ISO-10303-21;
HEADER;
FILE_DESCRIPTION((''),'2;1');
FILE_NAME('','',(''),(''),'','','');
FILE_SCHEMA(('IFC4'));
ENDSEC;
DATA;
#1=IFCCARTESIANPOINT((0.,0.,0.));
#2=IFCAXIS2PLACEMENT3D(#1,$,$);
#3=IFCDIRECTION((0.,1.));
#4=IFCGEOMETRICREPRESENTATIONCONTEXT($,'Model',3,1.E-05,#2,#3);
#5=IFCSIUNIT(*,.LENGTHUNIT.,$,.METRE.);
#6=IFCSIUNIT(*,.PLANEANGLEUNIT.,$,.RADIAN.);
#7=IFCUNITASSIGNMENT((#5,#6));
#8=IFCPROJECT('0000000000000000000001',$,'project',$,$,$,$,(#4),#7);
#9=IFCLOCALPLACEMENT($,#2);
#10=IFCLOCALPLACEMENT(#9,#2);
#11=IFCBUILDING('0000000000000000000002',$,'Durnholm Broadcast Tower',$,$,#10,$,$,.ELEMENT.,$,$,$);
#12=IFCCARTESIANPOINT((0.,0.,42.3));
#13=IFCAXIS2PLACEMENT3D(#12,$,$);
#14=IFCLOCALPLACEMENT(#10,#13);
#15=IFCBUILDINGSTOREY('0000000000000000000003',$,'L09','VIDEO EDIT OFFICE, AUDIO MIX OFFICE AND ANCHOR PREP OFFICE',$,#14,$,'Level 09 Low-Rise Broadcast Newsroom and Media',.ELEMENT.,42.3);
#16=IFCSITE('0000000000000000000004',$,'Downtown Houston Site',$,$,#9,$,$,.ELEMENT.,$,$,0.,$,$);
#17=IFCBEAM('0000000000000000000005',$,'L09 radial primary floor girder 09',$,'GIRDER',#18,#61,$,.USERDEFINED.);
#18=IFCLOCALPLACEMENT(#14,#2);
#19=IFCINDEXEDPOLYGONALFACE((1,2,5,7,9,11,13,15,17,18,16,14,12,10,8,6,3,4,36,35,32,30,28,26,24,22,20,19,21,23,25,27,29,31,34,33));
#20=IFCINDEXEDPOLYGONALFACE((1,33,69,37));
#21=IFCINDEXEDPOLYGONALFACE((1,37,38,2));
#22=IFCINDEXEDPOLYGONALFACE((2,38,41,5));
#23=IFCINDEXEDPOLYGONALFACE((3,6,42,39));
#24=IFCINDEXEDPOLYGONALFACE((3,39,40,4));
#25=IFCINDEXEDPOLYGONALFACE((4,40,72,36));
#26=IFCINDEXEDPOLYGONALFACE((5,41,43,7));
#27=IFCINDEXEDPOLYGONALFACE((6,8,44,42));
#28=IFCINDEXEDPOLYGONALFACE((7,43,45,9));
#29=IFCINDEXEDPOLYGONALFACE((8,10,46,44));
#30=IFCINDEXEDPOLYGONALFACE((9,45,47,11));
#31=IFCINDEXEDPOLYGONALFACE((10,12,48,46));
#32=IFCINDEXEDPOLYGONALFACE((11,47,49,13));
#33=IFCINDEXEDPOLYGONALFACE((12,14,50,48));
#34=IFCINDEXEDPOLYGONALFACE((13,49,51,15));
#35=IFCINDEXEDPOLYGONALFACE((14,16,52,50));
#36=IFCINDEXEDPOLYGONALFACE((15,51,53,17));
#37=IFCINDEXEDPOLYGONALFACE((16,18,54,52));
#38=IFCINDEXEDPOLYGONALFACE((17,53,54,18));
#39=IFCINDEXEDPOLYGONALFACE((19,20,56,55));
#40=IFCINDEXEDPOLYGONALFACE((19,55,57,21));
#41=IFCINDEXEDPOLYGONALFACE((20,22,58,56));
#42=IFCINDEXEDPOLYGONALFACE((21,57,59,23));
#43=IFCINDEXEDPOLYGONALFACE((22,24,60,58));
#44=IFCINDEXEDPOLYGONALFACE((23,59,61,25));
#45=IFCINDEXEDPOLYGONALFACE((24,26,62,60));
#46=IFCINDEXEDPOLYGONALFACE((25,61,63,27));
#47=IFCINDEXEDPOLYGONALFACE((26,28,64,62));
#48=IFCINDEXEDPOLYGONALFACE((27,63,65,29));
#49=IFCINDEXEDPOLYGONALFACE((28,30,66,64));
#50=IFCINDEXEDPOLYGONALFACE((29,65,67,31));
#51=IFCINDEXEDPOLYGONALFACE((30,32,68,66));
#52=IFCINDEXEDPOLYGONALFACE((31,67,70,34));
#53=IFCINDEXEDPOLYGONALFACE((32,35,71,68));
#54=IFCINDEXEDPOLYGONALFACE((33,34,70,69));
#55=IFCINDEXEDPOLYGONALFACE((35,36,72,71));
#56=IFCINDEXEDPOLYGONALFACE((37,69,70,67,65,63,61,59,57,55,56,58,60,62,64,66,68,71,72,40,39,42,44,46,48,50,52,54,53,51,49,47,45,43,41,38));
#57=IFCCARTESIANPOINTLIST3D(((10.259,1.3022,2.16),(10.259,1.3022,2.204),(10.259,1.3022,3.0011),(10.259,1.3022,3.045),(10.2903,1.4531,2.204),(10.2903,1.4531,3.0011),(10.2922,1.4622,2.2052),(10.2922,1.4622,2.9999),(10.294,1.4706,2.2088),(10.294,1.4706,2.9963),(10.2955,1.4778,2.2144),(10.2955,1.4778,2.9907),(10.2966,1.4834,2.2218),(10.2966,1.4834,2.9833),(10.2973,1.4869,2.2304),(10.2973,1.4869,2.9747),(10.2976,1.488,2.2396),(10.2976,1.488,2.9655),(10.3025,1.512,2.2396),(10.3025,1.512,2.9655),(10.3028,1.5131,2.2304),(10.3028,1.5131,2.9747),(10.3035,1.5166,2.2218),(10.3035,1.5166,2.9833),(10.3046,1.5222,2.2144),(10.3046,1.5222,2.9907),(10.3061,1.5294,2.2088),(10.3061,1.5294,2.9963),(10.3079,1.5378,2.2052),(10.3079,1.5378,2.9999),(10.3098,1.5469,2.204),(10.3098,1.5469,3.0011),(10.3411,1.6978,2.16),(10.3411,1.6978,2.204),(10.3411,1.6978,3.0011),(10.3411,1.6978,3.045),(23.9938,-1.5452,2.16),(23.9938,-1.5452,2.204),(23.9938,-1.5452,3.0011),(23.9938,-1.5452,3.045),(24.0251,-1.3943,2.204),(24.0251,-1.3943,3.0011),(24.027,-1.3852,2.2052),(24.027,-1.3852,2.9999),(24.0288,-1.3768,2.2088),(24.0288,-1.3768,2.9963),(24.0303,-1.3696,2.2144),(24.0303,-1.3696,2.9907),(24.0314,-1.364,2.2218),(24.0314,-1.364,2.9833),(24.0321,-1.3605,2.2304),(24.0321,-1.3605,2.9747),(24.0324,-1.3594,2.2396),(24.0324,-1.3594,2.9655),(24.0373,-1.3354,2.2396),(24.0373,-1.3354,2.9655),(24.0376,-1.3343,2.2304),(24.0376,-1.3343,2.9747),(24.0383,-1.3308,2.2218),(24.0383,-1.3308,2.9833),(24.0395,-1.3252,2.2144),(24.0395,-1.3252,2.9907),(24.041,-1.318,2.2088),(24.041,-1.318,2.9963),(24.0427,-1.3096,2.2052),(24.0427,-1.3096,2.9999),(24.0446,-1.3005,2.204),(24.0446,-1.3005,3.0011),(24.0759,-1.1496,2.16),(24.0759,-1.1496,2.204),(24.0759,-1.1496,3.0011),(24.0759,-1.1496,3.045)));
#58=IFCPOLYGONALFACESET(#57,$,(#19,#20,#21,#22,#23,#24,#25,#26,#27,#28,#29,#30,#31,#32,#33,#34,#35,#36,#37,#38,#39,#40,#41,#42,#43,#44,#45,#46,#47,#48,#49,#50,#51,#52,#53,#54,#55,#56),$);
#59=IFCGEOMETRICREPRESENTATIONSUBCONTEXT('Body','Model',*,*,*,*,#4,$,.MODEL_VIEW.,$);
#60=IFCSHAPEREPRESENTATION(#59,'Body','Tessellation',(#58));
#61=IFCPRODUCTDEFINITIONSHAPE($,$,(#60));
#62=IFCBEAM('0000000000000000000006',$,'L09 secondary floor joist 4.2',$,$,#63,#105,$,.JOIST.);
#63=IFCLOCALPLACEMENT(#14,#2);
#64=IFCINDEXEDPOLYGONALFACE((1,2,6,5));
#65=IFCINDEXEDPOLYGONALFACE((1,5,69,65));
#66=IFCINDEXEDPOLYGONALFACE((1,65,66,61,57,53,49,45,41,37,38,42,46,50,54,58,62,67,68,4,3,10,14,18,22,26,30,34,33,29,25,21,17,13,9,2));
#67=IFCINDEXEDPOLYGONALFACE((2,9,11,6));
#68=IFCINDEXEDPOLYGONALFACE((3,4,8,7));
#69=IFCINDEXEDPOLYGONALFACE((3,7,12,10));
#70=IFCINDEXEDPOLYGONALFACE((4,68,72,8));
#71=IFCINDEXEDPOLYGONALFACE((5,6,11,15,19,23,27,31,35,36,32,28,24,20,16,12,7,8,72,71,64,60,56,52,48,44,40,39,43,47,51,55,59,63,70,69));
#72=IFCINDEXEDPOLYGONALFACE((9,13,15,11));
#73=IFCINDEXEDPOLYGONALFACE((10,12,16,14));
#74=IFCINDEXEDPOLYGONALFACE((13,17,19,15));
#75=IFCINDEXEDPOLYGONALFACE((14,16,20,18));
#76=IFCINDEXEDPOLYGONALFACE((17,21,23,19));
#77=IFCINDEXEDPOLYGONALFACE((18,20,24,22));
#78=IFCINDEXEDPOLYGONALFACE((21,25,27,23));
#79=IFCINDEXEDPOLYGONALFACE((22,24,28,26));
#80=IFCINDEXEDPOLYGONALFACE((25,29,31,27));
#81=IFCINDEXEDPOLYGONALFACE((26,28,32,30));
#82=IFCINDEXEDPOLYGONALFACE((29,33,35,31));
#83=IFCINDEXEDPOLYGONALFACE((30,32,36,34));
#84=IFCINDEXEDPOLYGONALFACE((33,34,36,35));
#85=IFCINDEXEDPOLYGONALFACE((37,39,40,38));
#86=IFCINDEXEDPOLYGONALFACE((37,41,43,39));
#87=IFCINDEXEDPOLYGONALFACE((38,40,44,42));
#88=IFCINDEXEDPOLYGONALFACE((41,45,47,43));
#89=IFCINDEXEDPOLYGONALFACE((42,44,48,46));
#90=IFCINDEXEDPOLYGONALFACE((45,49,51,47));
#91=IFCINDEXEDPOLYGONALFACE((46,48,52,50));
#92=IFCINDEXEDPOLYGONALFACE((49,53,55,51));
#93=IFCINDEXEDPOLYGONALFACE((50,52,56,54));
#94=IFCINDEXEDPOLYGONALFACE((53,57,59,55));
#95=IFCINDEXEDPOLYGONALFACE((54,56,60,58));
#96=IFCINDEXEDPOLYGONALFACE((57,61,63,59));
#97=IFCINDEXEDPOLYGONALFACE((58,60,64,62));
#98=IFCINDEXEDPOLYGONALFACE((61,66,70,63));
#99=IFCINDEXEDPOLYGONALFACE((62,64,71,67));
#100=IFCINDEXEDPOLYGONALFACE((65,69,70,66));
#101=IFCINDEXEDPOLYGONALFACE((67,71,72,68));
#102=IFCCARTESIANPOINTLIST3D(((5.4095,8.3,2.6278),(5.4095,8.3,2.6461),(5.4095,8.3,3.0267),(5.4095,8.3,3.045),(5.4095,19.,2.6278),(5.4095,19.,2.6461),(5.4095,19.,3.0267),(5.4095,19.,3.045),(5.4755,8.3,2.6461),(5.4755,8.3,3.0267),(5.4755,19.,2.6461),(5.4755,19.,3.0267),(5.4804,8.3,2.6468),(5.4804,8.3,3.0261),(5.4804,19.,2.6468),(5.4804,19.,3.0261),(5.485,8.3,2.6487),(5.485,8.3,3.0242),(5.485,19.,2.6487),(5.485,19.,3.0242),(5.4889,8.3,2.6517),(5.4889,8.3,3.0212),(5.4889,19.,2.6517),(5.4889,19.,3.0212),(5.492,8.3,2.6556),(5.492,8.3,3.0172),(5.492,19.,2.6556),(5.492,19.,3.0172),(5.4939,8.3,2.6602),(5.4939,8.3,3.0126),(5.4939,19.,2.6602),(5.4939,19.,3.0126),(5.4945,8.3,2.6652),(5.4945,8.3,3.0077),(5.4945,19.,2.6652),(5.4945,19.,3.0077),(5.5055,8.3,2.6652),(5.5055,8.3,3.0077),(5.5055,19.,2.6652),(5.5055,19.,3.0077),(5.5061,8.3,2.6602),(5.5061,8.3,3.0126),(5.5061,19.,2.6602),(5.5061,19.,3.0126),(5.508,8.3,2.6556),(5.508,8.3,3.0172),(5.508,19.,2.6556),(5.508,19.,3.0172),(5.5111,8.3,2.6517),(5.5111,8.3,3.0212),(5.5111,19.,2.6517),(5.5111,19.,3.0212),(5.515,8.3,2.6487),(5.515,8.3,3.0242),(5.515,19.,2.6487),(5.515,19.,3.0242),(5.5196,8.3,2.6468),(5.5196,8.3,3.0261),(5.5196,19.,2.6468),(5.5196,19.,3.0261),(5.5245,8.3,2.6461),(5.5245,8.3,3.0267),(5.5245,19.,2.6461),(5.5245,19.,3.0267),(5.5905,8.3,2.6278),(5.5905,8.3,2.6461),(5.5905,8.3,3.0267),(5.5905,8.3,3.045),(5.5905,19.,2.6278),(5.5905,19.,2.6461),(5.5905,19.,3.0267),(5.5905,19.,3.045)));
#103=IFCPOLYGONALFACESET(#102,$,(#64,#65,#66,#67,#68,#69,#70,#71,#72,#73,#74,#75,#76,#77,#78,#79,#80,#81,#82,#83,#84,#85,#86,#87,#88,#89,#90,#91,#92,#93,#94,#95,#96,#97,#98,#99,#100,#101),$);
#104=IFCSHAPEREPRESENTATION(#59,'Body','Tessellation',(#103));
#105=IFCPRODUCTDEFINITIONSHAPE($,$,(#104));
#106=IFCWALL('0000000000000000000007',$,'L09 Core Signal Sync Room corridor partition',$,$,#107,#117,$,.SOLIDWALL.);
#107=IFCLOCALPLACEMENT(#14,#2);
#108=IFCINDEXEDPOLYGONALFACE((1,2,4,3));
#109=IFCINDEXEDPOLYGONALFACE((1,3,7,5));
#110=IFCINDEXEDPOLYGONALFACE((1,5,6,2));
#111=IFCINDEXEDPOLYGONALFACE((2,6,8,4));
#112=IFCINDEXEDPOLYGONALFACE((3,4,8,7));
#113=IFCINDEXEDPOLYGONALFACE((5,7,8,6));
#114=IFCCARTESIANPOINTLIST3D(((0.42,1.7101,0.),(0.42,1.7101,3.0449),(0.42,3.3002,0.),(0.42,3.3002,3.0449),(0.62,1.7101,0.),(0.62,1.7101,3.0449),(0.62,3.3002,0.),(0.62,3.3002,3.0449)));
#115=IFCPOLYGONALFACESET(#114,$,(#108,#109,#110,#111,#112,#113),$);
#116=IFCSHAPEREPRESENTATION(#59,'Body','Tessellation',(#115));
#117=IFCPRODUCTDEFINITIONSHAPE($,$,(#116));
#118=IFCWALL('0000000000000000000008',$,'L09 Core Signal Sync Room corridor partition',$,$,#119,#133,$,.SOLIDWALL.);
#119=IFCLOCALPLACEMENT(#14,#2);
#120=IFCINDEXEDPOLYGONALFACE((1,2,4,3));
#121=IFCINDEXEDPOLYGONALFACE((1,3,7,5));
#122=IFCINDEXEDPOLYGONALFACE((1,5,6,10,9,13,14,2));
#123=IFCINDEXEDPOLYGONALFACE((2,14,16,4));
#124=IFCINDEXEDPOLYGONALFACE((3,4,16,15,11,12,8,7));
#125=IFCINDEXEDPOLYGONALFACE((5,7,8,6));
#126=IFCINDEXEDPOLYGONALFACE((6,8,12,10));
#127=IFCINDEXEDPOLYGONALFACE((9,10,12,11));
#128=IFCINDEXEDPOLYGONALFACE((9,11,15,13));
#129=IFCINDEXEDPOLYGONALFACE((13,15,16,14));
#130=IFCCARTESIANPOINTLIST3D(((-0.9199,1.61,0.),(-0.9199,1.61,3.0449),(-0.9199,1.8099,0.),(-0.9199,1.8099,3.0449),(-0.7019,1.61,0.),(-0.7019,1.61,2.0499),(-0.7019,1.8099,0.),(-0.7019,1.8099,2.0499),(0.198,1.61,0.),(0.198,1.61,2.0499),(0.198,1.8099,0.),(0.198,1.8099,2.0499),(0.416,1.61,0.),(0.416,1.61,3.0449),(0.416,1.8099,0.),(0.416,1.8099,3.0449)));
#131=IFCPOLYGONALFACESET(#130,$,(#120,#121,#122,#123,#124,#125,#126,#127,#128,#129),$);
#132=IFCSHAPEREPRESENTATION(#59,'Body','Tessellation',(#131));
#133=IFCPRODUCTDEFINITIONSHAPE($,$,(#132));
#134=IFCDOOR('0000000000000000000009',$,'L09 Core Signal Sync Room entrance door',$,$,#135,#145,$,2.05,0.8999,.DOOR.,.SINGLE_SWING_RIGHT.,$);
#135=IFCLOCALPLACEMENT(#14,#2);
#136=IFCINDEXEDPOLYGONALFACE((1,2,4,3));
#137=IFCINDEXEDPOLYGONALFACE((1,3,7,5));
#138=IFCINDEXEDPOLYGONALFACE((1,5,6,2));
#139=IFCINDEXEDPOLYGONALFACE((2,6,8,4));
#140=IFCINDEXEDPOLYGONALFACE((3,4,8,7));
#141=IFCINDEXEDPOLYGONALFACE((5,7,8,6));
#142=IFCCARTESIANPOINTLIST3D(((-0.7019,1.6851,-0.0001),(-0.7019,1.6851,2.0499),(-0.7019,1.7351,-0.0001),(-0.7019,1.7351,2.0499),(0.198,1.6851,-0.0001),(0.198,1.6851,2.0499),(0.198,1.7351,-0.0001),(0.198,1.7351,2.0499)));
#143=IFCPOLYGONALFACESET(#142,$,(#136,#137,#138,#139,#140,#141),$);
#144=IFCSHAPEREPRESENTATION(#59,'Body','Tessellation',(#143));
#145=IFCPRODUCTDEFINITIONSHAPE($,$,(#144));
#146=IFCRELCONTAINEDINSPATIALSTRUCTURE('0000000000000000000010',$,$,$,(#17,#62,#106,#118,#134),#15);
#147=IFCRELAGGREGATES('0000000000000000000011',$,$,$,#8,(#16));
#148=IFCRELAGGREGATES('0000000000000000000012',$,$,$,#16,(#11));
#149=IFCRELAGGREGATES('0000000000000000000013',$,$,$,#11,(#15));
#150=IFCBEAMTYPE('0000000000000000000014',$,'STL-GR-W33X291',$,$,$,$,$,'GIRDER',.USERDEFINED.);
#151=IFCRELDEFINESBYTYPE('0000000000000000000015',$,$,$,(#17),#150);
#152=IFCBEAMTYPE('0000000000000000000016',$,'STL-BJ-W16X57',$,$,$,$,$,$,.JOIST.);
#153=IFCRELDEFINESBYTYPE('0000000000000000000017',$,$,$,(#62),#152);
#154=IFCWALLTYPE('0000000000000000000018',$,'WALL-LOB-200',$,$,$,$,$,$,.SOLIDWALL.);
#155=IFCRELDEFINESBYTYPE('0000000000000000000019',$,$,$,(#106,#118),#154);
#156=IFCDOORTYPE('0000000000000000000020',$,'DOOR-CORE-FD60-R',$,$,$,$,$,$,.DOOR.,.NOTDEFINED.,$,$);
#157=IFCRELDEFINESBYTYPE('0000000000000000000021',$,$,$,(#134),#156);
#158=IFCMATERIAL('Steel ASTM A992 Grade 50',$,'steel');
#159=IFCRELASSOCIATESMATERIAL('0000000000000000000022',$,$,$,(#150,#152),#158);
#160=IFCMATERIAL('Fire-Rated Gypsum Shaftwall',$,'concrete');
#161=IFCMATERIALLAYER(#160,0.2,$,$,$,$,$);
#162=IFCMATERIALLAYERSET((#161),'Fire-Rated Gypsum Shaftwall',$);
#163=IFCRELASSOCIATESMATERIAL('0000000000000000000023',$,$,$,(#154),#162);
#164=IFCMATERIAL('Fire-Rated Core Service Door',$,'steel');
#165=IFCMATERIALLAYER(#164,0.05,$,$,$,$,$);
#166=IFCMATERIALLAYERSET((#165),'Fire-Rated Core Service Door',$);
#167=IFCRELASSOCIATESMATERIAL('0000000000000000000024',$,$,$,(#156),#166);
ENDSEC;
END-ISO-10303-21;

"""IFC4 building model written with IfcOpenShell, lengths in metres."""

from ifc_helpers import new_model, si_unit, direction, frame, frame_2d, origin, origin_2d, place, context, subcontext, project, spatial, rectangle, i_section, extrude, source, transform, mapped, material, layer, layer_set, material_profile, profile_set, type_object, type_shapes, element, fill, save


model = new_model("IFC4")

# Units and contexts
model_context = context("Model", 3, precision=1e-05, world=origin(), true_north=direction((0.0, 1.0)))
body_context = subcontext(model_context, "Body", "Model", "MODEL_VIEW")
ifc_project = project(units=[si_unit("LENGTHUNIT", "METRE"), si_unit("PLANEANGLEUNIT", "RADIAN")], contexts=[model_context])

# Site, building, storey
site_placement = place(None, origin())
site = spatial("IfcSite", under=ifc_project, at=site_placement, Name="Downtown Houston Site", CompositionType="ELEMENT", RefElevation=0.0)
building_placement = place(site_placement, origin())
building = spatial("IfcBuilding", under=site, at=building_placement, Name="Durnholm Broadcast Tower", CompositionType="ELEMENT")
storey_placement = place(building_placement, frame((0.0, 0.0, 42.3)))
storey = spatial("IfcBuildingStorey", under=building, at=storey_placement, Name="L09", Description="VIDEO EDIT OFFICE, AUDIO MIX OFFICE AND ANCHOR PREP OFFICE", LongName="Level 09 Low-Rise Broadcast Newsroom and Media", CompositionType="ELEMENT", Elevation=42.3)

# Beams
ifc_material_1 = material(Name="Steel ASTM A992 Grade 50", Category="steel")
ifc_material_profile_1 = material_profile(ifc_material_1, i_section(OverallWidth=0.4041, OverallDepth=0.885, WebThickness=0.0244, FlangeThickness=0.0439, FilletRadius=0.0356, at=origin_2d()), Name="W33X291")
ifc_profile_set_1 = profile_set([ifc_material_profile_1], Name="Steel ASTM A992 Grade 50")
beam_type_1 = type_object("IfcBeamType", Name="STL-GR-W33X291", ElementType="GIRDER", PredefinedType="USERDEFINED", material=ifc_profile_set_1)
shared_shape_1 = source(origin(), body_context, "Body", "SweptSolid", [
    extrude(i_section(OverallWidth=0.4041, OverallDepth=0.885, WebThickness=0.0244, FlangeThickness=0.0439, FilletRadius=0.0356, at=origin_2d()), origin(), (0.0, 0.0, 1.0), 14.0269),
])
beam_1_placement = place(storey_placement, frame((10.3, 1.5, 2.6025), z_axis=(0.979179, -0.202996, 0.0), x_axis=(0.202996, 0.979179, 0.0)))
element("IfcBeam", 1, at=beam_1_placement, inside=storey, type_object=beam_type_1, Name="L09 radial primary floor girder 09", ObjectType="GIRDER", PredefinedType="USERDEFINED", context=body_context, shape_type="MappedRepresentation", body=[
    mapped(shared_shape_1, transform((0.0, 0.0, 0.0), x_axis=(1.0, 0.0, 0.0), y_axis=(0.0, 1.0, 0.0), z_axis=(0.0, 0.0, 1.0), scale=1.0)),
])
ifc_material_profile_2 = material_profile(ifc_material_1, i_section(OverallWidth=0.1809, OverallDepth=0.4172, WebThickness=0.011, FlangeThickness=0.0183, FilletRadius=0.019, at=origin_2d()), Name="W16X57")
ifc_profile_set_2 = profile_set([ifc_material_profile_2], Name="Steel ASTM A992 Grade 50")
beam_type_2 = type_object("IfcBeamType", Name="STL-BJ-W16X57", PredefinedType="JOIST", material=ifc_profile_set_2)
shared_shape_2 = source(origin(), body_context, "Body", "SweptSolid", [
    extrude(i_section(OverallWidth=0.1809, OverallDepth=0.4172, WebThickness=0.011, FlangeThickness=0.0183, FilletRadius=0.019, at=origin_2d()), origin(), (0.0, 0.0, 1.0), 10.7),
])
type_shapes(beam_type_2, [shared_shape_2])
beam_2_placement = place(storey_placement, frame((5.5, 8.3, 2.8364), z_axis=(0.0, 1.0, 0.0), x_axis=(-1.0, 0.0, 0.0)))
element("IfcBeam", 2, at=beam_2_placement, inside=storey, type_object=beam_type_2, Name="L09 secondary floor joist 4.2", PredefinedType="JOIST", context=body_context, shape_type="MappedRepresentation", body=[
    mapped(shared_shape_2, transform((0.0, 0.0, 0.0), x_axis=(1.0, 0.0, 0.0), y_axis=(0.0, 1.0, 0.0), z_axis=(0.0, 0.0, 1.0), scale=1.0)),
])

# Wall
ifc_material_2 = material(Name="Fire-Rated Gypsum Shaftwall", Category="concrete")
ifc_layer_1 = layer(ifc_material_2, 0.2)
ifc_layer_set_1 = layer_set([ifc_layer_1], Name="Fire-Rated Gypsum Shaftwall")
wall_type_1 = type_object("IfcWallType", Name="WALL-LOB-200", PredefinedType="SOLIDWALL", material=ifc_layer_set_1)
wall_1_placement = place(storey_placement, frame((0.52, 3.3, 0.0), z_axis=(0.0, 0.0, 1.0), x_axis=(0.0, -1.0, 0.0)))
element("IfcWall", 3, at=wall_1_placement, inside=storey, type_object=wall_type_1, Name="L09 Core Signal Sync Room corridor partition", PredefinedType="SOLIDWALL", context=body_context, shape_type="SweptSolid", body=[
    extrude(rectangle(XDim=1.5901, YDim=0.2, at=frame_2d((0.7949, 0.0))), origin(), (0.0, 0.0, 1.0), 3.0449),
])

# Wall, opening, door
wall_2_placement = place(storey_placement, frame((0.416, 1.71, 0.0), z_axis=(0.0, 0.0, 1.0), x_axis=(-1.0, 0.0, 0.0)))
wall_2 = element("IfcWall", 4, at=wall_2_placement, inside=storey, type_object=wall_type_1, Name="L09 Core Signal Sync Room corridor partition", PredefinedType="SOLIDWALL", context=body_context, shape_type="SweptSolid", body=[
    extrude(rectangle(XDim=1.3359, YDim=0.2, at=frame_2d((0.668, 0.0))), origin(), (0.0, 0.0, 1.0), 3.0449),
])
opening_1_placement = place(wall_2_placement, frame((0.218, 0.0, 0.0)))
opening_1 = element("IfcOpeningElement", 5, at=opening_1_placement, cuts=wall_2, PredefinedType="OPENING", context=body_context, shape_type="SweptSolid", body=[
    extrude(rectangle(XDim=0.8999, YDim=2.05, at=frame_2d((0.45, 1.0249))), frame((0.0, 0.1099, 0.0), z_axis=(0.0, -1.0, 0.0), x_axis=(1.0, 0.0, 0.0)), (0.0, 0.0, 1.0), 0.22),
])
ifc_material_3 = material(Name="Fire-Rated Core Service Door", Category="steel")
ifc_layer_2 = layer(ifc_material_3, 0.05)
ifc_layer_set_2 = layer_set([ifc_layer_2], Name="Fire-Rated Core Service Door")
door_type_1 = type_object("IfcDoorType", Name="DOOR-CORE-FD60-R", OperationType="NOTDEFINED", PredefinedType="DOOR", material=ifc_layer_set_2)
shared_shape_3 = source(origin(), body_context, "Body", "SweptSolid", [
    extrude(rectangle(XDim=0.8999, YDim=2.05, at=frame_2d((0.45, 1.0249))), frame((0.0, 0.0249, 0.0), z_axis=(0.0, -1.0, 0.0), x_axis=(1.0, 0.0, 0.0)), (0.0, 0.0, 1.0), 0.05),
])
type_shapes(door_type_1, [shared_shape_3])
door_1_placement = place(opening_1_placement, origin())
door_1 = element("IfcDoor", 6, at=door_1_placement, inside=storey, type_object=door_type_1, Name="L09 Core Signal Sync Room entrance door", OperationType="SINGLE_SWING_RIGHT", OverallHeight=2.05, OverallWidth=0.8999, PredefinedType="DOOR", context=body_context, shape_type="MappedRepresentation", body=[
    mapped(shared_shape_3, transform((0.0, 0.0, 0.0), x_axis=(1.0, 0.0, 0.0), y_axis=(0.0, 1.0, 0.0), z_axis=(0.0, 0.0, 1.0), scale=1.0)),
])
fill(opening_1, door_1)

save(model, "model.ifc")
